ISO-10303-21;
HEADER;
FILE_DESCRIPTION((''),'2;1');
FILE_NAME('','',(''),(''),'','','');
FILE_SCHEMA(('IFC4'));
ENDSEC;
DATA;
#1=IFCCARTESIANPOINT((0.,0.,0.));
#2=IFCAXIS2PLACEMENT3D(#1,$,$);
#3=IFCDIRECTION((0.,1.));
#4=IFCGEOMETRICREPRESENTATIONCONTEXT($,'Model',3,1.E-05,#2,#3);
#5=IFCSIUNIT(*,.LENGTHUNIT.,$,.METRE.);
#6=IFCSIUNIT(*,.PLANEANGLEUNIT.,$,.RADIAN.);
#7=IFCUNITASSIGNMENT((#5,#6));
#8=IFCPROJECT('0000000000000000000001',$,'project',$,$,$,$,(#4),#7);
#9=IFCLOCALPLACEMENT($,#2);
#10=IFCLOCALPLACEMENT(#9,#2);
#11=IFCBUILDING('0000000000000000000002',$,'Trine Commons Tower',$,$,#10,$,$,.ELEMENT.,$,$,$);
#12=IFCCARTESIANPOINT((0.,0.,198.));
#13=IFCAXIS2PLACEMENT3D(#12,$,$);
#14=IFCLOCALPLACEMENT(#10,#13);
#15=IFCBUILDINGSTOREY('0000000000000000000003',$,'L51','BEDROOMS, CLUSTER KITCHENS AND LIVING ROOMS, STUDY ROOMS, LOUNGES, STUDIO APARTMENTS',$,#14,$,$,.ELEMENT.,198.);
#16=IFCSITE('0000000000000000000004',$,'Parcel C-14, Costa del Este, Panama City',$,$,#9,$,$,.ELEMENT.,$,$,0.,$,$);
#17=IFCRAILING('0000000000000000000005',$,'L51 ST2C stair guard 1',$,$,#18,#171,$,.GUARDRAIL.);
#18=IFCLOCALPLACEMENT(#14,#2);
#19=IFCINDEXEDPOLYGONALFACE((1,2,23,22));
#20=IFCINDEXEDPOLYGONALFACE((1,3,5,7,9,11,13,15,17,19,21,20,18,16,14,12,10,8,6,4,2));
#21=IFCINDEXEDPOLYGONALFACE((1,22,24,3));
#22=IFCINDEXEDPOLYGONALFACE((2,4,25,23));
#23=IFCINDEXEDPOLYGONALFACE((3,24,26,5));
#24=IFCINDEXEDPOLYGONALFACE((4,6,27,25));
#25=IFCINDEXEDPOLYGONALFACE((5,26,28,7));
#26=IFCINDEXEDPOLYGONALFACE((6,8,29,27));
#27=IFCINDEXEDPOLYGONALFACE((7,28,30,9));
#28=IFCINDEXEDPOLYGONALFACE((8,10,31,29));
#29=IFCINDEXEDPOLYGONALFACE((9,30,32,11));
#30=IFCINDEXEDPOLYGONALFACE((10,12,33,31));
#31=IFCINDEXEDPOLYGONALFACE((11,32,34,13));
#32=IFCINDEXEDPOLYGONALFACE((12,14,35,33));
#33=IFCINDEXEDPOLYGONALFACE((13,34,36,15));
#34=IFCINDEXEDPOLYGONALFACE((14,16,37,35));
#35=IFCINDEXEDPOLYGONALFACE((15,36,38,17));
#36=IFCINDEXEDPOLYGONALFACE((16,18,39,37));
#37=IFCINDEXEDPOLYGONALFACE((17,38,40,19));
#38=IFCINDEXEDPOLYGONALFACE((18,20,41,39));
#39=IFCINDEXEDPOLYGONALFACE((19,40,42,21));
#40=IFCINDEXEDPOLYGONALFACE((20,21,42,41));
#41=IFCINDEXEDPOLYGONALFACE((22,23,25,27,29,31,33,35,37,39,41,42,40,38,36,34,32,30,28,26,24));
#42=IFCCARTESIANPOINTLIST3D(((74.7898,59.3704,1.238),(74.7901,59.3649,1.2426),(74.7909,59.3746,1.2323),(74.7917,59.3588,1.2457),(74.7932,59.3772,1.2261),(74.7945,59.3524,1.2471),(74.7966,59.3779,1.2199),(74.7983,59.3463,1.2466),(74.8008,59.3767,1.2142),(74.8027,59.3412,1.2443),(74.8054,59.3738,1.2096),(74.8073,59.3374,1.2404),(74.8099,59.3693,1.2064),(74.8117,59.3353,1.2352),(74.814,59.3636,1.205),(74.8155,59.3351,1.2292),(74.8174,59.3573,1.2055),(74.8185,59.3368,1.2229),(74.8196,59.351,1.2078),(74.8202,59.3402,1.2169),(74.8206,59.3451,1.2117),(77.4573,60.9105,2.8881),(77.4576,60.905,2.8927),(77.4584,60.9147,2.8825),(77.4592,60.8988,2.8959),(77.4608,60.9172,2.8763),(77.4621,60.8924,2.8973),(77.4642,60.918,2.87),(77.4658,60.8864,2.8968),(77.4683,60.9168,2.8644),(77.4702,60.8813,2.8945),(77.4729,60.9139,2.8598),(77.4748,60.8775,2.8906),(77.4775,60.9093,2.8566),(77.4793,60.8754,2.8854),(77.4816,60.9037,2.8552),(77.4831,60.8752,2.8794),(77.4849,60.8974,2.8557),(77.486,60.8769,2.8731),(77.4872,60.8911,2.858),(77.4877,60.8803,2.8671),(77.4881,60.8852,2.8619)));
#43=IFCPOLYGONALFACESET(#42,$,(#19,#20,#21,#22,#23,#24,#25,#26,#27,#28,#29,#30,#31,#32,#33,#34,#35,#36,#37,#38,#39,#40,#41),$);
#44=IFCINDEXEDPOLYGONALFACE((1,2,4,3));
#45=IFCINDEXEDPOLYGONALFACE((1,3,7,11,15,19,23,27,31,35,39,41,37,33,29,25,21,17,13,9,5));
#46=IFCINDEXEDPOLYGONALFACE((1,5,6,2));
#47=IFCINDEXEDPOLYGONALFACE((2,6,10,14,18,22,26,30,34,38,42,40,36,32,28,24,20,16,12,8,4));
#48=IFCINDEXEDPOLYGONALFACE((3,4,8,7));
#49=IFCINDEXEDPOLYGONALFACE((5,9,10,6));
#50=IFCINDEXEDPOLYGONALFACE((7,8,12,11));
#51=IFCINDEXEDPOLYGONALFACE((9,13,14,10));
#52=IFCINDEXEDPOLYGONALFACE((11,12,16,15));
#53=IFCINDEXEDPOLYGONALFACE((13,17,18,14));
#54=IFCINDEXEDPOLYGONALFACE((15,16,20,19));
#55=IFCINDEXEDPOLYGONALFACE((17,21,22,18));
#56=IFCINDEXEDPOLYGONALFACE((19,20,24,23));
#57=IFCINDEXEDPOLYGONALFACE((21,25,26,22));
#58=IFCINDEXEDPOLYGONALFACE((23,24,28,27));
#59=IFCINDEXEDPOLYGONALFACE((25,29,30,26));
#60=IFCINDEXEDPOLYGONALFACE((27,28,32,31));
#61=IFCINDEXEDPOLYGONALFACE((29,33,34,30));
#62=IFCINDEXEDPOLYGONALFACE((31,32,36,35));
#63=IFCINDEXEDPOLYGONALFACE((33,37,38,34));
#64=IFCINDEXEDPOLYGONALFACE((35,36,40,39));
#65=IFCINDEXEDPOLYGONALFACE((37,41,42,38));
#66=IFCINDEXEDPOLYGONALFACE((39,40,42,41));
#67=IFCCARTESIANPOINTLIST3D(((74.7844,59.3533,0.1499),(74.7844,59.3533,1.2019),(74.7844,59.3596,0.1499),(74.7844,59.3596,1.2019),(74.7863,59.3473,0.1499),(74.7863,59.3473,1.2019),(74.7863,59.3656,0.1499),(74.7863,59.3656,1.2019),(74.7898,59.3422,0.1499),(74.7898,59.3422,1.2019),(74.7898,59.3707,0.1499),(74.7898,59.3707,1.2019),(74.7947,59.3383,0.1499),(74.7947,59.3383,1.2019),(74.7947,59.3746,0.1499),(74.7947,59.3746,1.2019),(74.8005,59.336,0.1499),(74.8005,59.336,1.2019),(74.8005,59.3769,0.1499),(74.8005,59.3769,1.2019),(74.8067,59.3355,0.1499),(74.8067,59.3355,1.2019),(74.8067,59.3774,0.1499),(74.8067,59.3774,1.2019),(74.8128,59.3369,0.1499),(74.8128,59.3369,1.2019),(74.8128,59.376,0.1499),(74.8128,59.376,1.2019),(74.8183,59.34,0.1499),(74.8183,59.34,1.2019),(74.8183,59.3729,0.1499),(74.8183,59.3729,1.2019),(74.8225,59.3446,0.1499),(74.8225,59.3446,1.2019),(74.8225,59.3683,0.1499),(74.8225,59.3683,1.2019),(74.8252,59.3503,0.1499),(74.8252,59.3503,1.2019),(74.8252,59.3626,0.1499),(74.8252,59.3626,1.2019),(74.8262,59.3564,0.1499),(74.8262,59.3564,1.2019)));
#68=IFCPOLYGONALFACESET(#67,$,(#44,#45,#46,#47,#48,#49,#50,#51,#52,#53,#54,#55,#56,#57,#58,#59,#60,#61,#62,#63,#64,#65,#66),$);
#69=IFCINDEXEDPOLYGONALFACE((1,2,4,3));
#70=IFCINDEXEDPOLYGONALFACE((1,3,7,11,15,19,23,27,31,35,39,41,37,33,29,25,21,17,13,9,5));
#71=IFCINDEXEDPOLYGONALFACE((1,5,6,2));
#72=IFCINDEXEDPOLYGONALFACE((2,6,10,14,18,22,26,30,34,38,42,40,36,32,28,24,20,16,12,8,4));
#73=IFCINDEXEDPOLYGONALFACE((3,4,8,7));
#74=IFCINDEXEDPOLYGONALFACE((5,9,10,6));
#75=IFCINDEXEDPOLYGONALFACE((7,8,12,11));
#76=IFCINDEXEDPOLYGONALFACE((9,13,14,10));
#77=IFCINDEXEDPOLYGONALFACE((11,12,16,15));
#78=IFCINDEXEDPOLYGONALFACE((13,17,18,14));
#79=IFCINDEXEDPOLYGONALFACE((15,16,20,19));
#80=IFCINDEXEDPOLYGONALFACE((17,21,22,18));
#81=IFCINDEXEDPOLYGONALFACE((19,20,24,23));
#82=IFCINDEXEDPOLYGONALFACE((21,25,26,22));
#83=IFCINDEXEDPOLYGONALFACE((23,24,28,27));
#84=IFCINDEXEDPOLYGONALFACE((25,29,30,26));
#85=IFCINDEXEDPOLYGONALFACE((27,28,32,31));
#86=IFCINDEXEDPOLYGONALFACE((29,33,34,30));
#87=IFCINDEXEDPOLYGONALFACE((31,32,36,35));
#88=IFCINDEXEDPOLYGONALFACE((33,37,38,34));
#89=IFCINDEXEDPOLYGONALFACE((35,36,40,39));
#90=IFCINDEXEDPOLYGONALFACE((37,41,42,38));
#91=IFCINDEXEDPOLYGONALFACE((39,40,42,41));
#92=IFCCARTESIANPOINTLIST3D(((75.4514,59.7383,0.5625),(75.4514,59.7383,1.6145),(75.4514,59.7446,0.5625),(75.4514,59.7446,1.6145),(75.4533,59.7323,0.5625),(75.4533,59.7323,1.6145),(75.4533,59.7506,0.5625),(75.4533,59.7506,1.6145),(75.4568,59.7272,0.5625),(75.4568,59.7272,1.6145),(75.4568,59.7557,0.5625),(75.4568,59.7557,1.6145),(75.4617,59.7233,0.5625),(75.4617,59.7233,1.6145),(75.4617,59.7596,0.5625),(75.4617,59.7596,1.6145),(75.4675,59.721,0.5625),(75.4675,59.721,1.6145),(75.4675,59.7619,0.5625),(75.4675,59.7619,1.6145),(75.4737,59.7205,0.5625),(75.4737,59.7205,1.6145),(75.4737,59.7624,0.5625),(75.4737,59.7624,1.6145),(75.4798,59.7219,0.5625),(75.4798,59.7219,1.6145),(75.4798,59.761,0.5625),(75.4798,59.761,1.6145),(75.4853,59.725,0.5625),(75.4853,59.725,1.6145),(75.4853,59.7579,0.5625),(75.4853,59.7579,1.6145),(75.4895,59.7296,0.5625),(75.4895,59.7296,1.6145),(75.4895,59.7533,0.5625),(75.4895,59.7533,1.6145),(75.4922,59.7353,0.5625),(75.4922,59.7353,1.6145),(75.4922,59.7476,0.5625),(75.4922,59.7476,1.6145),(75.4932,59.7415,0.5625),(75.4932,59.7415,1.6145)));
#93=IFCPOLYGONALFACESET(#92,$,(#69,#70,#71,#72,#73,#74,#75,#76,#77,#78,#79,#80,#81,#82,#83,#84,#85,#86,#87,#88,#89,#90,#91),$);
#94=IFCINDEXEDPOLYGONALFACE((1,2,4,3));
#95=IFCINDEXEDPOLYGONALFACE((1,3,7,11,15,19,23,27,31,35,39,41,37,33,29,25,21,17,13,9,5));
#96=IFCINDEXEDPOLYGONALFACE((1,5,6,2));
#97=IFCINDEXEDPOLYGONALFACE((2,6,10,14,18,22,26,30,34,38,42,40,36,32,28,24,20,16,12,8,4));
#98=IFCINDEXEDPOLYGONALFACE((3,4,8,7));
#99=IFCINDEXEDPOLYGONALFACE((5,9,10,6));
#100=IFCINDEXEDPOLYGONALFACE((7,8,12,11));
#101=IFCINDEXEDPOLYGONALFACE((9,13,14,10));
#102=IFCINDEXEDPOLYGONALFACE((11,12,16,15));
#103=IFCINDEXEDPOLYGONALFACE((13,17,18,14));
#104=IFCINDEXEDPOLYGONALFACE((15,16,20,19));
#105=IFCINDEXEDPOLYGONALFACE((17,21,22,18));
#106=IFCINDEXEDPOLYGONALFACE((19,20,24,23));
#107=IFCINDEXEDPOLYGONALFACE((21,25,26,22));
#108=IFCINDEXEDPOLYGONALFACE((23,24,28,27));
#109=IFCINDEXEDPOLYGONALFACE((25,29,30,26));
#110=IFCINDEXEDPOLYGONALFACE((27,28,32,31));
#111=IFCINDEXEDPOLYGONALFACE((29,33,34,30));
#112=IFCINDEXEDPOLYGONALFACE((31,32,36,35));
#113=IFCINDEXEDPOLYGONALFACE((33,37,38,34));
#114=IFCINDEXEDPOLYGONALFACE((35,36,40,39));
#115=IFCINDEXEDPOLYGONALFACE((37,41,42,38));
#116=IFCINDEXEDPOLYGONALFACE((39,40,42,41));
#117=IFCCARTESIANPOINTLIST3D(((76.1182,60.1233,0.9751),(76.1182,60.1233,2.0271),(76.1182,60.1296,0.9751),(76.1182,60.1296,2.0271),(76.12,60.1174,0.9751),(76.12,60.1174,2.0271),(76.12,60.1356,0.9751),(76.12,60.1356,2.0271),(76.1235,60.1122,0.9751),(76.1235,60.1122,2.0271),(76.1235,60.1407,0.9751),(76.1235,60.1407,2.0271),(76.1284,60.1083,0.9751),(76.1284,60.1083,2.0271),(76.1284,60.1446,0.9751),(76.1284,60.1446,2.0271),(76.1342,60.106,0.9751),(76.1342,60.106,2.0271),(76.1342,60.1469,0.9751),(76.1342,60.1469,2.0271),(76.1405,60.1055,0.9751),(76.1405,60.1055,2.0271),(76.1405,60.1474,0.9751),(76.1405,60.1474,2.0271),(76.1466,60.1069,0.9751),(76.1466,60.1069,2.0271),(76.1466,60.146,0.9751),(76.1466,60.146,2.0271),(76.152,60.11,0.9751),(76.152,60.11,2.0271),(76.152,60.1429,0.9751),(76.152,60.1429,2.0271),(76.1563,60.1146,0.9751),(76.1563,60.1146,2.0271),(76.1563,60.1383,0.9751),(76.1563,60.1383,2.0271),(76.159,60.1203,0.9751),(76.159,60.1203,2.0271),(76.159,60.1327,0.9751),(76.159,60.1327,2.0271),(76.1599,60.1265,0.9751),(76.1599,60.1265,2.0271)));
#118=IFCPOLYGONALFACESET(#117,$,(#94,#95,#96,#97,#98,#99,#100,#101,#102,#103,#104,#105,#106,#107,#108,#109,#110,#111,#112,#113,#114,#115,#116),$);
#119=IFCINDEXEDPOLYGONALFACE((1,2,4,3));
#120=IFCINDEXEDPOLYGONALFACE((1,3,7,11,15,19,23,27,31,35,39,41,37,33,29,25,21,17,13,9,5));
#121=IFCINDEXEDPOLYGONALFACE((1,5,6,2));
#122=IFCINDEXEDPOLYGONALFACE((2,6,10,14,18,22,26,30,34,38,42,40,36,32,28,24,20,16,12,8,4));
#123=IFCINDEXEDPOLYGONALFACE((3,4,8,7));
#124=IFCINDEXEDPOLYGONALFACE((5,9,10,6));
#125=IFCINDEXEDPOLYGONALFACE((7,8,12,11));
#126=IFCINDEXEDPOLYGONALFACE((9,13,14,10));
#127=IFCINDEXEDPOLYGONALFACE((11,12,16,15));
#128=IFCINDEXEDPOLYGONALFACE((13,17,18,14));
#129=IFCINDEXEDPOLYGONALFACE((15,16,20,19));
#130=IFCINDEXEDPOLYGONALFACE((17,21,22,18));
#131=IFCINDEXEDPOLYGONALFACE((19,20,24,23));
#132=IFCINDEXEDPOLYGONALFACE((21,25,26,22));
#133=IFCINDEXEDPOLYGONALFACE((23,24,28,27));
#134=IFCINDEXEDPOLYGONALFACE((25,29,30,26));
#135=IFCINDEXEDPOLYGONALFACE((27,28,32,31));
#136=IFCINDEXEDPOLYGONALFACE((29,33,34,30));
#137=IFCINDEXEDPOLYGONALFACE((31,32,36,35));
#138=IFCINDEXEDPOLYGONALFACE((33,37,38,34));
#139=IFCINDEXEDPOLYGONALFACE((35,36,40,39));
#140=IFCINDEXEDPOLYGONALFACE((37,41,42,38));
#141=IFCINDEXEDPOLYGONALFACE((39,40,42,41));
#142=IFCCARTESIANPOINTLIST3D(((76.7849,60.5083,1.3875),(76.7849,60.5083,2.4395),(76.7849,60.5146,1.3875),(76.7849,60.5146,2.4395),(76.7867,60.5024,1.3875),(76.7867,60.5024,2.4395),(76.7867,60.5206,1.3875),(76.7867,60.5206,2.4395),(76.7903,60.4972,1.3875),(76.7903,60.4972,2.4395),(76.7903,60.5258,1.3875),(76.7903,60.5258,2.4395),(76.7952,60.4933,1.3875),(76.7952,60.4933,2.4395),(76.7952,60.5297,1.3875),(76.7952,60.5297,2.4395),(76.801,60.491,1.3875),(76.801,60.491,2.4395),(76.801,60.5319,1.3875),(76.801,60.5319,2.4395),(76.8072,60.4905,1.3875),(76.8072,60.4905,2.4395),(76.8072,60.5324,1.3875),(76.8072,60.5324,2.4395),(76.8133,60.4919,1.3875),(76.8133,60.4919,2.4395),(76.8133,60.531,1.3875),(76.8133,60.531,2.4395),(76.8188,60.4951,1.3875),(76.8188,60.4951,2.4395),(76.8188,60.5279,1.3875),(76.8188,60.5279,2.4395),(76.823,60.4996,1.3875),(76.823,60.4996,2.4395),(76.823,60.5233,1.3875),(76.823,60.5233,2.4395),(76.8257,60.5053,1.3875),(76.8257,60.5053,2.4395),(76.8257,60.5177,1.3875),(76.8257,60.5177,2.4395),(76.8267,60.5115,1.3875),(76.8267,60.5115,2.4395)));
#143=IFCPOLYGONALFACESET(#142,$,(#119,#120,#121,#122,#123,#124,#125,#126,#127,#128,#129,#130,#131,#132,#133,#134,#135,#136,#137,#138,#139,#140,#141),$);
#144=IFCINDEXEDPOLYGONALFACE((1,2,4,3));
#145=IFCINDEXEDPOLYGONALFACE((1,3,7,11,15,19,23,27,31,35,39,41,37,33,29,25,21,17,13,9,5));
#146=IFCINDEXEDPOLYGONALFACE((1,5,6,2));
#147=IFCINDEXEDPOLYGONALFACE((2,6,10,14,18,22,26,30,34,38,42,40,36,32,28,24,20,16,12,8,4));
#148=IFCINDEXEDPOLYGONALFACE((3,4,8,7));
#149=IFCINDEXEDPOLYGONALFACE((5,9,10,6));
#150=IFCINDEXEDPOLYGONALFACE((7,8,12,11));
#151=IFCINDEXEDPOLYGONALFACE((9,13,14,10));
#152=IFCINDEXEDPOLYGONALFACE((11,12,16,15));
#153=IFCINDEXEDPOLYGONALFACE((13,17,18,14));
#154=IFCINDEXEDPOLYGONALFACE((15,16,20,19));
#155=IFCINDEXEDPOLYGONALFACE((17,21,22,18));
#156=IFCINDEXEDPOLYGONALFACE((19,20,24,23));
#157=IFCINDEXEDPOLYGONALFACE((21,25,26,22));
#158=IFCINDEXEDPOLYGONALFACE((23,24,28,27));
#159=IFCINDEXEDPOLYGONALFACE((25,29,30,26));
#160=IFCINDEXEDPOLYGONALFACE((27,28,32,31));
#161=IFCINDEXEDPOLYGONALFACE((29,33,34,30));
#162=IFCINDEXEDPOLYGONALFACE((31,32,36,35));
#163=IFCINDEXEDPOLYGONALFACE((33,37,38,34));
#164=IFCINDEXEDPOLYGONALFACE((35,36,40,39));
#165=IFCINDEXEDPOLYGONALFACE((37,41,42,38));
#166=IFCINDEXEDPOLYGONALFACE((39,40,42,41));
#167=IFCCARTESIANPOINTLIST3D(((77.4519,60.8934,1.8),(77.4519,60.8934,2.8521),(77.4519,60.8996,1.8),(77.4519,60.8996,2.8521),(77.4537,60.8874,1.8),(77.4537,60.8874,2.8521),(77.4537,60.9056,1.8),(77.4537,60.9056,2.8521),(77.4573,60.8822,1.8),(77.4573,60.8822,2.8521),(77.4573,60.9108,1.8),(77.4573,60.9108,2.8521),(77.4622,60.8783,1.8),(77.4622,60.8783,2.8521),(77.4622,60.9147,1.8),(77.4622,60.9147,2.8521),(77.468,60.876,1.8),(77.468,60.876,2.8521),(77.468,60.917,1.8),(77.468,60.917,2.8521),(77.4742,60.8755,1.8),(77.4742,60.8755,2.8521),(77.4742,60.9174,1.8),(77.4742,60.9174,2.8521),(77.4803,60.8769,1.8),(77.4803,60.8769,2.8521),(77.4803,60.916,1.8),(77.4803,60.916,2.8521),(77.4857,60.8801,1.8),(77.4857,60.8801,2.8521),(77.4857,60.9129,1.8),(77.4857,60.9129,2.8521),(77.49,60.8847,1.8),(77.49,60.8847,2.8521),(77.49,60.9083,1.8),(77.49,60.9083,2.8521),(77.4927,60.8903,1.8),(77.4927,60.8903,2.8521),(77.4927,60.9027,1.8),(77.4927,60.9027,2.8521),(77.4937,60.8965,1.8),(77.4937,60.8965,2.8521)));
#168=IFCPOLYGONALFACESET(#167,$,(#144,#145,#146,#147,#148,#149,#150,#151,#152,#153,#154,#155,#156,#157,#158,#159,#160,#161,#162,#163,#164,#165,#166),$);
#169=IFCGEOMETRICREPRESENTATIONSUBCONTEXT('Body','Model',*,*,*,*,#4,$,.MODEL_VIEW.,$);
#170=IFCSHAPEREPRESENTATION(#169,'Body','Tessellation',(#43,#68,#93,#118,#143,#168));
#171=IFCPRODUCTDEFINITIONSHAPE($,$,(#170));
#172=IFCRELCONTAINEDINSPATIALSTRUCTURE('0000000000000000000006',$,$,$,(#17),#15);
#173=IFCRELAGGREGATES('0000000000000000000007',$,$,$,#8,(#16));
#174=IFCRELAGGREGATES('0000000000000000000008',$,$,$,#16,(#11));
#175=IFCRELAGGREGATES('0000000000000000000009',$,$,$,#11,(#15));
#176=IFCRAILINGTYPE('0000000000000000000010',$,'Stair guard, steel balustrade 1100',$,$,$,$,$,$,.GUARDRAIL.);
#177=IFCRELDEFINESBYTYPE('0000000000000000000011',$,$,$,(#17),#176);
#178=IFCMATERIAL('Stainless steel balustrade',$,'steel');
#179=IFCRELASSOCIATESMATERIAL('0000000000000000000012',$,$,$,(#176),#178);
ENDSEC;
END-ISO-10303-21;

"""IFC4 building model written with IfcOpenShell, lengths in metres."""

from ifc_helpers import new_model, si_unit, direction, frame, origin, origin_2d, place, context, subcontext, project, spatial, circle, extrude, material, type_object, element, save


model = new_model("IFC4")

# Units and contexts
model_context = context("Model", 3, precision=1e-05, world=origin(), true_north=direction((0.0, 1.0)))
body_context = subcontext(model_context, "Body", "Model", "MODEL_VIEW")
ifc_project = project(units=[si_unit("LENGTHUNIT", "METRE"), si_unit("PLANEANGLEUNIT", "RADIAN")], contexts=[model_context])

# Site, building, storey
site_placement = place(None, origin())
site = spatial("IfcSite", under=ifc_project, at=site_placement, Name="Parcel C-14, Costa del Este, Panama City", CompositionType="ELEMENT", RefElevation=0.0)
building_placement = place(site_placement, origin())
building = spatial("IfcBuilding", under=site, at=building_placement, Name="Trine Commons Tower", CompositionType="ELEMENT")
storey_placement = place(building_placement, frame((0.0, 0.0, 198.0)))
storey = spatial("IfcBuildingStorey", under=building, at=storey_placement, Name="L51", Description="BEDROOMS, CLUSTER KITCHENS AND LIVING ROOMS, STUDY ROOMS, LOUNGES, STUDIO APARTMENTS", CompositionType="ELEMENT", Elevation=198.0)

# Railing
ifc_material_1 = material(Name="Stainless steel balustrade", Category="steel")
railing_type_1 = type_object("IfcRailingType", Name="Stair guard, steel balustrade 1100", PredefinedType="GUARDRAIL", material=ifc_material_1)
railing_1_placement = place(storey_placement, frame((74.8052, 59.3564, 0.1499)))
element("IfcRailing", 1, at=railing_1_placement, inside=storey, type_object=railing_type_1, Name="L51 ST2C stair guard 1", PredefinedType="GUARDRAIL", context=body_context, shape_type="SweptSolid", body=[
    extrude(circle(Radius=0.0239, at=origin_2d()), frame((0.0, 0.0, 1.0762), z_axis=(0.76338, 0.440728, 0.472239), x_axis=(-0.499992, 0.86603, 0.0)), (0.0, 0.0, 1.0), 3.4944),
    extrude(circle(Radius=0.021, at=origin_2d()), origin(), (0.0, 0.0, 1.0), 1.052),
    extrude(circle(Radius=0.021, at=origin_2d()), frame((0.667, 0.385, 0.4126)), (0.0, 0.0, 1.0), 1.052),
    extrude(circle(Radius=0.021, at=origin_2d()), frame((1.3337, 0.77, 0.8252)), (0.0, 0.0, 1.0), 1.052),
    extrude(circle(Radius=0.021, at=origin_2d()), frame((2.0005, 1.155, 1.2375)), (0.0, 0.0, 1.0), 1.052),
    extrude(circle(Radius=0.021, at=origin_2d()), frame((2.6675, 1.54, 1.6501)), (0.0, 0.0, 1.0), 1.052),
])

save(model, "model.ifc")
